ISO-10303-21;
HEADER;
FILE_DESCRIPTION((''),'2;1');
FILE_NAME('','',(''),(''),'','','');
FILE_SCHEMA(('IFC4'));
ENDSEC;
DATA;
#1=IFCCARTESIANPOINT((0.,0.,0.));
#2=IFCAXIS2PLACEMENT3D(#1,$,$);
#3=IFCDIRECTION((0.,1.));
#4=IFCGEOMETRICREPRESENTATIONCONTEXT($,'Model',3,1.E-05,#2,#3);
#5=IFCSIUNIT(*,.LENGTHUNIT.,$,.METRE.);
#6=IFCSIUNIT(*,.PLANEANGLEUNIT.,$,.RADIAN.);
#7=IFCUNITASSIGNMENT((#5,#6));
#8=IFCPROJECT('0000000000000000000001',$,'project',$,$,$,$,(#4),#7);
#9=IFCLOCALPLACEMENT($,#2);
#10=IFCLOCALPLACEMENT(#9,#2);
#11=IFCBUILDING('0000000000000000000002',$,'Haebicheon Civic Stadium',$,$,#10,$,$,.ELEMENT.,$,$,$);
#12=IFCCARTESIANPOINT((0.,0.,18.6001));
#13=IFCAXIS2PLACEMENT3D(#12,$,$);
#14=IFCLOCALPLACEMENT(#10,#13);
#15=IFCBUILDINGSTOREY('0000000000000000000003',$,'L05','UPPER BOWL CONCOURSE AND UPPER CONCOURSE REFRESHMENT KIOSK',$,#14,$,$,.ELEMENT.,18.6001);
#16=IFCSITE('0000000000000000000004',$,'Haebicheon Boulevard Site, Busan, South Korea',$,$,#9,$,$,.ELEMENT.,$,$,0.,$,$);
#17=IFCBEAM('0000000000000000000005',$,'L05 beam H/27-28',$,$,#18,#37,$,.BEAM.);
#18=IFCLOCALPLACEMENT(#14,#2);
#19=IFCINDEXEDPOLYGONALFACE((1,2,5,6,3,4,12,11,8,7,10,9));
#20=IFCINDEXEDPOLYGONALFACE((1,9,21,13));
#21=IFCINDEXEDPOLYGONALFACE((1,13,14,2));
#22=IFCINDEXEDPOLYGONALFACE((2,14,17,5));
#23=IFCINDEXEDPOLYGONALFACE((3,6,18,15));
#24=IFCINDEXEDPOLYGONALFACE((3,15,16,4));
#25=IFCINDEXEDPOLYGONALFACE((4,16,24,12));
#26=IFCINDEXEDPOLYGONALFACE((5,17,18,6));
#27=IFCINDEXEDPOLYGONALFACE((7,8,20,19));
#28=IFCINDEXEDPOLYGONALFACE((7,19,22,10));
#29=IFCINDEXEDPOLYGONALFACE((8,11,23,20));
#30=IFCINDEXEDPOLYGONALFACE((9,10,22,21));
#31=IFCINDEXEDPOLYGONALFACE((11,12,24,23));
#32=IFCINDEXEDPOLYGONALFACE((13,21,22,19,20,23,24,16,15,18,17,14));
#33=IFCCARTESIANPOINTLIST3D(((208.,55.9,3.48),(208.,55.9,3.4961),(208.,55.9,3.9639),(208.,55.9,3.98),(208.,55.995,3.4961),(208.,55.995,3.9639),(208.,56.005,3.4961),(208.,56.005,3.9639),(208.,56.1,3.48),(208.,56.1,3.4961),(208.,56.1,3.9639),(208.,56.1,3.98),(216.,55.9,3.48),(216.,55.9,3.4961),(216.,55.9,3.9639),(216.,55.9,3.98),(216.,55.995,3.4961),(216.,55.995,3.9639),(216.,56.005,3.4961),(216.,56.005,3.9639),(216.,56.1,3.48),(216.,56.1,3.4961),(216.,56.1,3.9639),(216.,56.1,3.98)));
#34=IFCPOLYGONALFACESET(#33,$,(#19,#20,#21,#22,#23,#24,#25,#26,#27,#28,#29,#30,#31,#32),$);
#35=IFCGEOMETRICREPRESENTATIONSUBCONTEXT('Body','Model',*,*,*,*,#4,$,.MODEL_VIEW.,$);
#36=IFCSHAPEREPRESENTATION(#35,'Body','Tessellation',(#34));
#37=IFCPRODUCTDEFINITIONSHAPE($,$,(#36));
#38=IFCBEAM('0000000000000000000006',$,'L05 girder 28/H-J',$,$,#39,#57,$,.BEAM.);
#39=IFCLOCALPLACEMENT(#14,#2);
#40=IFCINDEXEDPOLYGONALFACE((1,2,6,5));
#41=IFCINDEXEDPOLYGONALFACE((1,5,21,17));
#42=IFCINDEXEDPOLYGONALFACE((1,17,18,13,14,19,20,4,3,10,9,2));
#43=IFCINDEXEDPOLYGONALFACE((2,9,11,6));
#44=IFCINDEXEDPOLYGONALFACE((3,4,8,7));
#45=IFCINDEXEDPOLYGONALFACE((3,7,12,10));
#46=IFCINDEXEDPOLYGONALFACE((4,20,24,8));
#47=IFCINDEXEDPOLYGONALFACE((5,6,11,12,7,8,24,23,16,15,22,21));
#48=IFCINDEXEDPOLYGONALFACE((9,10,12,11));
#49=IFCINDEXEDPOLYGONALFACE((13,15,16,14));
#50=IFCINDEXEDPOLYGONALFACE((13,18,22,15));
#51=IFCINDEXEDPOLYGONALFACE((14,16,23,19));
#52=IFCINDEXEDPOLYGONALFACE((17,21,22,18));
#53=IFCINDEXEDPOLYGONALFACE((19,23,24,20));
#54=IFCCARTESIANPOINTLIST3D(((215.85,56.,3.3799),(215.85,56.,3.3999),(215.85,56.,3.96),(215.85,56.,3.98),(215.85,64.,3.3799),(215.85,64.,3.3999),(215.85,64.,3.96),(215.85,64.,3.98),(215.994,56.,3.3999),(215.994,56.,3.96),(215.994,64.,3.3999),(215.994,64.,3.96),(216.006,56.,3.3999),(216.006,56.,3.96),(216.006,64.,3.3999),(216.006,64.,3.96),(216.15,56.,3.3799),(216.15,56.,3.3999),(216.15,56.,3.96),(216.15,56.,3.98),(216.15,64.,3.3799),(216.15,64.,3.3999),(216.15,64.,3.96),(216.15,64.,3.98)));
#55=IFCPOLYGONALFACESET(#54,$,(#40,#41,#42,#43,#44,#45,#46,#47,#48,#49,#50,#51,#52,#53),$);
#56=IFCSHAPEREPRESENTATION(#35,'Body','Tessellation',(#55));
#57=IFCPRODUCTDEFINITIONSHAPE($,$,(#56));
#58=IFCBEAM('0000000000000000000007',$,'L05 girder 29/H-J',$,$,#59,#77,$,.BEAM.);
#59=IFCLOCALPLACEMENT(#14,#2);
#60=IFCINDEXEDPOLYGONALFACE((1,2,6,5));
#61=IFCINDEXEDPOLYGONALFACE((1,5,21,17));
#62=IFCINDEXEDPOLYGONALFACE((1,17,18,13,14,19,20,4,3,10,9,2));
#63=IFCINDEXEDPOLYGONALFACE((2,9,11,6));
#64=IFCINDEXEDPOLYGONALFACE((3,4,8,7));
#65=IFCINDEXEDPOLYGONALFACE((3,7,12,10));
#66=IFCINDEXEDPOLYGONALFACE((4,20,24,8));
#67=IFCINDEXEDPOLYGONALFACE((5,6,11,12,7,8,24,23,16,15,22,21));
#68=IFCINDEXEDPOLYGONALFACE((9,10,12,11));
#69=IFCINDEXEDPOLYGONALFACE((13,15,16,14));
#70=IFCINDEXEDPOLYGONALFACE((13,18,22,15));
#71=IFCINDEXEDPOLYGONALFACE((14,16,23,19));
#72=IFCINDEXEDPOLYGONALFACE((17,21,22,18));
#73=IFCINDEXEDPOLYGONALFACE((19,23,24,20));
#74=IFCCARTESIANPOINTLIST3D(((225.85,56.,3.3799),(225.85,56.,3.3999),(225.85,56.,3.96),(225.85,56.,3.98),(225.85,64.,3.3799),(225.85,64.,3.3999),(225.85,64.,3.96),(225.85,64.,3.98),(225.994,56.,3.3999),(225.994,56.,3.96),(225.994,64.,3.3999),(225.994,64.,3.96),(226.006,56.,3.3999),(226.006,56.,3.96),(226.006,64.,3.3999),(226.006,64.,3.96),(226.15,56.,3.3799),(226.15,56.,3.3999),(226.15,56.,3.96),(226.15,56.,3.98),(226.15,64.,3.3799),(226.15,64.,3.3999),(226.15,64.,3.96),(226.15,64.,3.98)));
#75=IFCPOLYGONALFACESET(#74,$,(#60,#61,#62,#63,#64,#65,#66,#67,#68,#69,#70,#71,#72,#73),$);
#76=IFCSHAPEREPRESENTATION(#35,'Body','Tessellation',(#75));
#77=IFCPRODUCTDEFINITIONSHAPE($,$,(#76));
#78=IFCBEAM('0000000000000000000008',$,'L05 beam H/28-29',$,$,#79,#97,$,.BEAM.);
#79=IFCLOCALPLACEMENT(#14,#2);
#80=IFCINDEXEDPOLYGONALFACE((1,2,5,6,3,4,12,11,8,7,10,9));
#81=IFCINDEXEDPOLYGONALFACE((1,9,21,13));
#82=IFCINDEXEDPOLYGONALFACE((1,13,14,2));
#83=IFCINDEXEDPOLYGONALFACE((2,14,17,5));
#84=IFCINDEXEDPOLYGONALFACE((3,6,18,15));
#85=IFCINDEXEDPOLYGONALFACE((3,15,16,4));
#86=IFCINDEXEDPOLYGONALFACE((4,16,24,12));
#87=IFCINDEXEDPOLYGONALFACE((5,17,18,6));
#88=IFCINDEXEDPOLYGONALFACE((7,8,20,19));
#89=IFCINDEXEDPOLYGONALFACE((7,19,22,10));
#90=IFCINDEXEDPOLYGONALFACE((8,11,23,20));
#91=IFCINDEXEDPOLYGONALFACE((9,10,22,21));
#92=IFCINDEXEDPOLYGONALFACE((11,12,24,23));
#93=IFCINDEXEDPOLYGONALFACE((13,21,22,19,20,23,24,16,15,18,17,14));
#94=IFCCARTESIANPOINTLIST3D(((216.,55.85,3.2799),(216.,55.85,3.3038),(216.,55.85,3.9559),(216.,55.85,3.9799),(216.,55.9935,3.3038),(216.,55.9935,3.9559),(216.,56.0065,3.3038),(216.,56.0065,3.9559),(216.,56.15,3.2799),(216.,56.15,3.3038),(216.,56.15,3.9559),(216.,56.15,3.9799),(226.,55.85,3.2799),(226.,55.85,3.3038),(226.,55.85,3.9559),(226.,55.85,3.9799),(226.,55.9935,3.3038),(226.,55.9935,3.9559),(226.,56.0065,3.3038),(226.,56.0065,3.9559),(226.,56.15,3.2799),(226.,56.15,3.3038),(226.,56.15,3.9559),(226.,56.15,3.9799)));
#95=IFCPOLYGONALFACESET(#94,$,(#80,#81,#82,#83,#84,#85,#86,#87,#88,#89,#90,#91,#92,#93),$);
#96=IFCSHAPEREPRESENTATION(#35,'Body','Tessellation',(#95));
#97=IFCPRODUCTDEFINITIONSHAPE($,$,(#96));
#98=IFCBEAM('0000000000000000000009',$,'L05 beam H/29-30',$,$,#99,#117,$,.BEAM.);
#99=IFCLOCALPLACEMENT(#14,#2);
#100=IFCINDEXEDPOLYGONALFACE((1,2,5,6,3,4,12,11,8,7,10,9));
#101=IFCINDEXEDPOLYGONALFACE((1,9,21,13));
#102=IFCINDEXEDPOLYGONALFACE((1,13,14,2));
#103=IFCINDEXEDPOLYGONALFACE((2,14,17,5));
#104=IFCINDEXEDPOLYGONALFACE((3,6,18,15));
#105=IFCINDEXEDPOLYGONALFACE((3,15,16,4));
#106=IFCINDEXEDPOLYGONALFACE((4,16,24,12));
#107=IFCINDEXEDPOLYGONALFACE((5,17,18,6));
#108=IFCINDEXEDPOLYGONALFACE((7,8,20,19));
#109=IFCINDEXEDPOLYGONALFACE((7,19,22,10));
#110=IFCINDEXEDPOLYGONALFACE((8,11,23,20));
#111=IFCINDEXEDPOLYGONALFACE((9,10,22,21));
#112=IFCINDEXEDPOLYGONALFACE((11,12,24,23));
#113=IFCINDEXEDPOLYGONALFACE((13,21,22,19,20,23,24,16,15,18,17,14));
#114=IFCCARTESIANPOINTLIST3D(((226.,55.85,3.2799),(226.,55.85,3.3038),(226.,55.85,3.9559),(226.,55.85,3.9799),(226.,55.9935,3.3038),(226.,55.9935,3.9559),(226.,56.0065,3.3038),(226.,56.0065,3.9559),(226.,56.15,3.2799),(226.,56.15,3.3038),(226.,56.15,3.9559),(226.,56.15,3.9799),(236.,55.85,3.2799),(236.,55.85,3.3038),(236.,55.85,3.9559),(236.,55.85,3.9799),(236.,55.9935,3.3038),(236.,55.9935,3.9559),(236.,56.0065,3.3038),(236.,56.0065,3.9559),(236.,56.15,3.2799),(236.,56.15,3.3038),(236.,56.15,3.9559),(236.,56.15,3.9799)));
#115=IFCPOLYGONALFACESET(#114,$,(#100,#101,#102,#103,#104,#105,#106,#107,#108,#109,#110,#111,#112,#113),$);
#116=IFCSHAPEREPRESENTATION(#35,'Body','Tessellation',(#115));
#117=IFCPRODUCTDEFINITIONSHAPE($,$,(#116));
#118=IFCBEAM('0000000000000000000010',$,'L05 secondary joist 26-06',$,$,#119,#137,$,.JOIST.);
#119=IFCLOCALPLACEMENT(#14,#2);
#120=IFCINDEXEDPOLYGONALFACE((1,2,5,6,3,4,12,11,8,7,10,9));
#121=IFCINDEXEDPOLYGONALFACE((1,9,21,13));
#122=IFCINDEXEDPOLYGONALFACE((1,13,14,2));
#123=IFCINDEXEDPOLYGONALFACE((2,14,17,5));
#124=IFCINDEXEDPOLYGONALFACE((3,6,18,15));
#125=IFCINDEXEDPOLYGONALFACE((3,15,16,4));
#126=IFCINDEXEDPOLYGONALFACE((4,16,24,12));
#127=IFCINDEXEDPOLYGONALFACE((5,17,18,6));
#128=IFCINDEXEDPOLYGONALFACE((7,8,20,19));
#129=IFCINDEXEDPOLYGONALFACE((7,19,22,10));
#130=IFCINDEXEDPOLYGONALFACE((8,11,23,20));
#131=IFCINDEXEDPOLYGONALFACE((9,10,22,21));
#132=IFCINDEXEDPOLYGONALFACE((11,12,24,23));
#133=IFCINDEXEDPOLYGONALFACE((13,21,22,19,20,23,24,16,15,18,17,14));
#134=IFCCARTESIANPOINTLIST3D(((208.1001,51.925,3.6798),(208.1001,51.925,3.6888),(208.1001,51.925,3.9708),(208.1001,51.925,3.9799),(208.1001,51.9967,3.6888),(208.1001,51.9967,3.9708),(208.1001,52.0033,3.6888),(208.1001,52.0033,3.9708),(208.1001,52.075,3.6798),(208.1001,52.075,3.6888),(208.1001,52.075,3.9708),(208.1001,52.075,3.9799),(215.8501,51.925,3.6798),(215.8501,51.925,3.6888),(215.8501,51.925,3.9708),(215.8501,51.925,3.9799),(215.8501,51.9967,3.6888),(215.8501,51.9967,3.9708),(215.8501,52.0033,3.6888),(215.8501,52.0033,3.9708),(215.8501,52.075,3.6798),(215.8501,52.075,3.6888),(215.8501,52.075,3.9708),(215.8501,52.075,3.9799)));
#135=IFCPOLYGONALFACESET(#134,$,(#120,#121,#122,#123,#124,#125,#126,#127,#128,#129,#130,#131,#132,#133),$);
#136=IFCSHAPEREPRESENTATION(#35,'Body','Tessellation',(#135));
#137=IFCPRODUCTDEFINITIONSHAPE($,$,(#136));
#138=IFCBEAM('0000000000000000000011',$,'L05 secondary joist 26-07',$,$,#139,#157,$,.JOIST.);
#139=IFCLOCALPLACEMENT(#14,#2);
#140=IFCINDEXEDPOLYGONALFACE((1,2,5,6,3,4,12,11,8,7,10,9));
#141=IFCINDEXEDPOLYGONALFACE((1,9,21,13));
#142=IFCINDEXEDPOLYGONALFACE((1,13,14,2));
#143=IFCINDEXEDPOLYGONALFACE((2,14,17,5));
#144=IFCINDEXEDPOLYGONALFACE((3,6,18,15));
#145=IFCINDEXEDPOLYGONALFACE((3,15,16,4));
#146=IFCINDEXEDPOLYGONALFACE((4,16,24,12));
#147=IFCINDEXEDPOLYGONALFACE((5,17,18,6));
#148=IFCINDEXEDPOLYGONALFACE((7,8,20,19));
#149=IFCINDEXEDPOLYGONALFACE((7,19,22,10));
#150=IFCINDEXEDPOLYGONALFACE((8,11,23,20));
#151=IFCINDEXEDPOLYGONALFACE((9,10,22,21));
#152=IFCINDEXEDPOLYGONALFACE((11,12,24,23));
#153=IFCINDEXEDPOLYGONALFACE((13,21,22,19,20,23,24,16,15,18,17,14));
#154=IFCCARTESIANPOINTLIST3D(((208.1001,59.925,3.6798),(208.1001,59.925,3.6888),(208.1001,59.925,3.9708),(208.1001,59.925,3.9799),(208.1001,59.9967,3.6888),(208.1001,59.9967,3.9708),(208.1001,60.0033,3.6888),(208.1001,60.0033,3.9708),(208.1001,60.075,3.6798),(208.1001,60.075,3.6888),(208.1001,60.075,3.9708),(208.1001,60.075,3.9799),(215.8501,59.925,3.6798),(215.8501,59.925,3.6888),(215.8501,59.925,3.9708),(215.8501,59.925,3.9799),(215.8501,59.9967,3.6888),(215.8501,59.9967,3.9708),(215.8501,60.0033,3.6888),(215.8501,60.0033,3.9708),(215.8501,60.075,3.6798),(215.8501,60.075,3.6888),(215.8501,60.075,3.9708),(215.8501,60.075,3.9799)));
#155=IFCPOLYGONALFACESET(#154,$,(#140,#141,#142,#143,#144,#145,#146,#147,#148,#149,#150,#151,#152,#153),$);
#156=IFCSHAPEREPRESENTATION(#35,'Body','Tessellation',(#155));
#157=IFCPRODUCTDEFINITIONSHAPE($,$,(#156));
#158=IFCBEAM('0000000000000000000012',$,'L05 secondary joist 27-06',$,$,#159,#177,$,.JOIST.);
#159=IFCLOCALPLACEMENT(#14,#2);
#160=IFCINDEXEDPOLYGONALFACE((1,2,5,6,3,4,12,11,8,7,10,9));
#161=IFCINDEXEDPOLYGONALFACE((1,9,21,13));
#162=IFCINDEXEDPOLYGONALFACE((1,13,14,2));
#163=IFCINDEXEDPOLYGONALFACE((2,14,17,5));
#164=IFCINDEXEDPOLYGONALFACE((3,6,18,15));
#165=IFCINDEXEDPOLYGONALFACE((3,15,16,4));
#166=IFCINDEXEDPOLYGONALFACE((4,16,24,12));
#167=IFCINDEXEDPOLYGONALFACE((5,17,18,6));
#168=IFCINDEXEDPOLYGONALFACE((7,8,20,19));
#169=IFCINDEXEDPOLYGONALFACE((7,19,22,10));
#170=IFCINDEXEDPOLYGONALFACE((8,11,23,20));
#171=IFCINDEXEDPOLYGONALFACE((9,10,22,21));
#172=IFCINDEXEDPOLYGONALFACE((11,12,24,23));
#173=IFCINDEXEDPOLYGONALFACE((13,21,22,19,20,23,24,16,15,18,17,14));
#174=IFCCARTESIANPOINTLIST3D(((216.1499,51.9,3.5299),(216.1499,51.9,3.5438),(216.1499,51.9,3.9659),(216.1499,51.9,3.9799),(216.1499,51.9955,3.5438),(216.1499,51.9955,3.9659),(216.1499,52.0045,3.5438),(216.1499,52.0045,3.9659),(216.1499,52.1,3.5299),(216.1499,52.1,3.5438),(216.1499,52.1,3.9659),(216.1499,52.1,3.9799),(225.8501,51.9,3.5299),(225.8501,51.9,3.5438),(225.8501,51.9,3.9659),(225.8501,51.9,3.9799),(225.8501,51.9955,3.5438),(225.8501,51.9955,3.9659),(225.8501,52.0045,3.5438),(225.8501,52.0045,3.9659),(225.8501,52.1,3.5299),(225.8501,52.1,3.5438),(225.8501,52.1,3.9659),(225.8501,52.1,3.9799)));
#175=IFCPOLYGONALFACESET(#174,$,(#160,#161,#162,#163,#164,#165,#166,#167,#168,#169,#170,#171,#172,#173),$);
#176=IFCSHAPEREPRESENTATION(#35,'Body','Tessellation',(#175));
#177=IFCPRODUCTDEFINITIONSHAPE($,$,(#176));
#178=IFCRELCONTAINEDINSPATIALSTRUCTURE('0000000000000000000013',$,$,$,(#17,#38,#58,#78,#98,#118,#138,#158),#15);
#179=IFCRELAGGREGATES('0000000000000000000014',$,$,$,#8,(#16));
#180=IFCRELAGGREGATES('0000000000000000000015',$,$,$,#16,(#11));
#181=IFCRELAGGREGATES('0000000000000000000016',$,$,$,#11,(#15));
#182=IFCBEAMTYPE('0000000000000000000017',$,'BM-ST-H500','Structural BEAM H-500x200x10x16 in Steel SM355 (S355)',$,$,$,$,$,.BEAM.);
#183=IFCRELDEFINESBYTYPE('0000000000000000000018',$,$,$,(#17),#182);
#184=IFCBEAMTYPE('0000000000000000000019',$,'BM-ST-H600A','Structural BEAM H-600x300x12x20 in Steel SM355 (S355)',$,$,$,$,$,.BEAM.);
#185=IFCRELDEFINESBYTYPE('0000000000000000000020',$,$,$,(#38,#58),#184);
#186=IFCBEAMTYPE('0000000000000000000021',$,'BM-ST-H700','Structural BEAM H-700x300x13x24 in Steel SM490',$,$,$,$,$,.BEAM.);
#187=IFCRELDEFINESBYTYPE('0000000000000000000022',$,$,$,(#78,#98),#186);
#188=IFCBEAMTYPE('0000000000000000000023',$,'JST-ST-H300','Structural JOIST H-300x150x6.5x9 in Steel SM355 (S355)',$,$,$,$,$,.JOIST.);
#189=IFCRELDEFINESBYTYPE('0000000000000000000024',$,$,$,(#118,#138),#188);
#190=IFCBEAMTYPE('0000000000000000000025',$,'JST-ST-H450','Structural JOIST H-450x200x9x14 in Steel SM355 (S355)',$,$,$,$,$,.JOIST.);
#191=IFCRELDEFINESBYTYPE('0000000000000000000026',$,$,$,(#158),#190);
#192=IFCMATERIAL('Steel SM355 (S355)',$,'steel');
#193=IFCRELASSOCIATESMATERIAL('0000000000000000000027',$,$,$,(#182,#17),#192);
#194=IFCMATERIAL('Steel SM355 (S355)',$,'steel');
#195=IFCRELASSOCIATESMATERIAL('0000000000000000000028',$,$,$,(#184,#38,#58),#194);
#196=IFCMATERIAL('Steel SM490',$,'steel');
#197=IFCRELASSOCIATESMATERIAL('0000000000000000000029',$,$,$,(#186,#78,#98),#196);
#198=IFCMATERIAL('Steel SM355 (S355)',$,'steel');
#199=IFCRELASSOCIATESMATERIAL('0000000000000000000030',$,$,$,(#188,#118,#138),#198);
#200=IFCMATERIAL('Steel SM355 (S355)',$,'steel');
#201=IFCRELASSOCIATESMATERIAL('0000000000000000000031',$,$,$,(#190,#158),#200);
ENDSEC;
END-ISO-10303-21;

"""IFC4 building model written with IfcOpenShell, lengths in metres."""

from ifc_helpers import new_model, si_unit, direction, frame, origin, origin_2d, place, context, subcontext, project, spatial, i_section, extrude, material, material_profile, profile_set, type_object, element, save


model = new_model("IFC4")

# Units and contexts
model_context = context("Model", 3, precision=1e-05, world=origin(), true_north=direction((0.0, 1.0)))
body_context = subcontext(model_context, "Body", "Model", "MODEL_VIEW")
ifc_project = project(units=[si_unit("LENGTHUNIT", "METRE"), si_unit("PLANEANGLEUNIT", "RADIAN")], contexts=[model_context])

# Site, building, storey
site_placement = place(None, origin())
site = spatial("IfcSite", under=ifc_project, at=site_placement, Name="Haebicheon Boulevard Site, Busan, South Korea", CompositionType="ELEMENT", RefElevation=0.0)
building_placement = place(site_placement, origin())
building = spatial("IfcBuilding", under=site, at=building_placement, Name="Haebicheon Civic Stadium", CompositionType="ELEMENT")
storey_placement = place(building_placement, frame((0.0, 0.0, 18.6001)))
storey = spatial("IfcBuildingStorey", under=building, at=storey_placement, Name="L05", Description="UPPER BOWL CONCOURSE AND UPPER CONCOURSE REFRESHMENT KIOSK", CompositionType="ELEMENT", Elevation=18.6001)

# Beams
ifc_material_1 = material(Name="Steel SM355 (S355)", Category="steel")
ifc_material_profile_1 = material_profile(ifc_material_1, i_section(OverallWidth=0.2, OverallDepth=0.5, WebThickness=0.01, FlangeThickness=0.0161, at=origin_2d()), Name="H-500x200x10x16")
ifc_profile_set_1 = profile_set([ifc_material_profile_1], Name="Steel SM355 (S355)")
beam_type_1 = type_object("IfcBeamType", Name="BM-ST-H500", Description="Structural BEAM H-500x200x10x16 in Steel SM355 (S355)", PredefinedType="BEAM", material=ifc_profile_set_1)
beam_1_placement = place(storey_placement, frame((208.0, 56.0, 3.73), z_axis=(1.0, 0.0, 0.0), x_axis=(0.0, 1.0, 0.0)))
element("IfcBeam", 1, at=beam_1_placement, inside=storey, type_object=beam_type_1, material=ifc_profile_set_1, Name="L05 beam H/27-28", PredefinedType="BEAM", context=body_context, shape_type="SweptSolid", body=[
    extrude(i_section(OverallWidth=0.2, OverallDepth=0.5, WebThickness=0.01, FlangeThickness=0.0161, at=origin_2d()), origin(), (0.0, 0.0, 1.0), 8.0),
])
ifc_material_2 = material(Name="Steel SM355 (S355)", Category="steel")
ifc_material_profile_2 = material_profile(ifc_material_2, i_section(OverallWidth=0.3, OverallDepth=0.6001, WebThickness=0.012, FlangeThickness=0.02, at=origin_2d()), Name="H-600x300x12x20")
ifc_profile_set_2 = profile_set([ifc_material_profile_2], Name="Steel SM355 (S355)")
beam_type_2 = type_object("IfcBeamType", Name="BM-ST-H600A", Description="Structural BEAM H-600x300x12x20 in Steel SM355 (S355)", PredefinedType="BEAM", material=ifc_profile_set_2)
for number, where, z_axis, x_axis, name in (
    (2, (216.0, 56.0, 3.6799), (0.0, 1.0, 0.0), (-1.0, 0.0, 0.0), "L05 girder 28/H-J"),
    (3, (226.0, 56.0, 3.6799), (0.0, 1.0, 0.0), (-1.0, 0.0, 0.0), "L05 girder 29/H-J"),
):
    element("IfcBeam", number, at=place(storey_placement, frame(where, z_axis=z_axis, x_axis=x_axis)), inside=storey, type_object=beam_type_2, material=ifc_profile_set_2, Name=name, PredefinedType="BEAM", context=body_context, shape_type="SweptSolid", body=[
        extrude(i_section(OverallWidth=0.3, OverallDepth=0.6001, WebThickness=0.012, FlangeThickness=0.02, at=origin_2d()), origin(), (0.0, 0.0, 1.0), 8.0),
    ])
ifc_material_3 = material(Name="Steel SM490", Category="steel")
ifc_material_profile_3 = material_profile(ifc_material_3, i_section(OverallWidth=0.3, OverallDepth=0.7, WebThickness=0.0129, FlangeThickness=0.0239, at=origin_2d()), Name="H-700x300x13x24")
ifc_profile_set_3 = profile_set([ifc_material_profile_3], Name="Steel SM490")
beam_type_3 = type_object("IfcBeamType", Name="BM-ST-H700", Description="Structural BEAM H-700x300x13x24 in Steel SM490", PredefinedType="BEAM", material=ifc_profile_set_3)
for number, where, z_axis, x_axis, name in (
    (4, (216.0, 56.0, 3.6299), (1.0, 0.0, 0.0), (0.0, 1.0, 0.0), "L05 beam H/28-29"),
    (5, (226.0, 56.0, 3.6299), (1.0, 0.0, 0.0), (0.0, 1.0, 0.0), "L05 beam H/29-30"),
):
    element("IfcBeam", number, at=place(storey_placement, frame(where, z_axis=z_axis, x_axis=x_axis)), inside=storey, type_object=beam_type_3, material=ifc_profile_set_3, Name=name, PredefinedType="BEAM", context=body_context, shape_type="SweptSolid", body=[
        extrude(i_section(OverallWidth=0.3, OverallDepth=0.7, WebThickness=0.0129, FlangeThickness=0.0239, at=origin_2d()), origin(), (0.0, 0.0, 1.0), 10.0),
    ])
ifc_material_4 = material(Name="Steel SM355 (S355)", Category="steel")
ifc_material_profile_4 = material_profile(ifc_material_4, i_section(OverallWidth=0.1499, OverallDepth=0.3, WebThickness=0.0066, FlangeThickness=0.009, at=origin_2d()), Name="H-300x150x6.5x9")
ifc_profile_set_4 = profile_set([ifc_material_profile_4], Name="Steel SM355 (S355)")
beam_type_4 = type_object("IfcBeamType", Name="JST-ST-H300", Description="Structural JOIST H-300x150x6.5x9 in Steel SM355 (S355)", PredefinedType="JOIST", material=ifc_profile_set_4)
for number, where, z_axis, x_axis, name in (
    (6, (208.1001, 52.0, 3.8298), (1.0, 0.0, 0.0), (0.0, 1.0, 0.0), "L05 secondary joist 26-06"),
    (7, (208.1001, 60.0, 3.8298), (1.0, 0.0, 0.0), (0.0, 1.0, 0.0), "L05 secondary joist 26-07"),
):
    element("IfcBeam", number, at=place(storey_placement, frame(where, z_axis=z_axis, x_axis=x_axis)), inside=storey, type_object=beam_type_4, material=ifc_profile_set_4, Name=name, PredefinedType="JOIST", context=body_context, shape_type="SweptSolid", body=[
        extrude(i_section(OverallWidth=0.1499, OverallDepth=0.3, WebThickness=0.0066, FlangeThickness=0.009, at=origin_2d()), origin(), (0.0, 0.0, 1.0), 7.75),
    ])
ifc_material_5 = material(Name="Steel SM355 (S355)", Category="steel")
ifc_material_profile_5 = material_profile(ifc_material_5, i_section(OverallWidth=0.2, OverallDepth=0.45, WebThickness=0.009, FlangeThickness=0.0139, at=origin_2d()), Name="H-450x200x9x14")
ifc_profile_set_5 = profile_set([ifc_material_profile_5], Name="Steel SM355 (S355)")
beam_type_5 = type_object("IfcBeamType", Name="JST-ST-H450", Description="Structural JOIST H-450x200x9x14 in Steel SM355 (S355)", PredefinedType="JOIST", material=ifc_profile_set_5)
for number, where, z_axis, x_axis, name in (
    (8, (216.1499, 52.0, 3.7549), (1.0, 0.0, 0.0), (0.0, 1.0, 0.0), "L05 secondary joist 27-06"),
):
    element("IfcBeam", number, at=place(storey_placement, frame(where, z_axis=z_axis, x_axis=x_axis)), inside=storey, type_object=beam_type_5, material=ifc_profile_set_5, Name=name, PredefinedType="JOIST", context=body_context, shape_type="SweptSolid", body=[
        extrude(i_section(OverallWidth=0.2, OverallDepth=0.45, WebThickness=0.009, FlangeThickness=0.0139, at=origin_2d()), origin(), (0.0, 0.0, 1.0), 9.7002),
    ])

save(model, "model.ifc")
